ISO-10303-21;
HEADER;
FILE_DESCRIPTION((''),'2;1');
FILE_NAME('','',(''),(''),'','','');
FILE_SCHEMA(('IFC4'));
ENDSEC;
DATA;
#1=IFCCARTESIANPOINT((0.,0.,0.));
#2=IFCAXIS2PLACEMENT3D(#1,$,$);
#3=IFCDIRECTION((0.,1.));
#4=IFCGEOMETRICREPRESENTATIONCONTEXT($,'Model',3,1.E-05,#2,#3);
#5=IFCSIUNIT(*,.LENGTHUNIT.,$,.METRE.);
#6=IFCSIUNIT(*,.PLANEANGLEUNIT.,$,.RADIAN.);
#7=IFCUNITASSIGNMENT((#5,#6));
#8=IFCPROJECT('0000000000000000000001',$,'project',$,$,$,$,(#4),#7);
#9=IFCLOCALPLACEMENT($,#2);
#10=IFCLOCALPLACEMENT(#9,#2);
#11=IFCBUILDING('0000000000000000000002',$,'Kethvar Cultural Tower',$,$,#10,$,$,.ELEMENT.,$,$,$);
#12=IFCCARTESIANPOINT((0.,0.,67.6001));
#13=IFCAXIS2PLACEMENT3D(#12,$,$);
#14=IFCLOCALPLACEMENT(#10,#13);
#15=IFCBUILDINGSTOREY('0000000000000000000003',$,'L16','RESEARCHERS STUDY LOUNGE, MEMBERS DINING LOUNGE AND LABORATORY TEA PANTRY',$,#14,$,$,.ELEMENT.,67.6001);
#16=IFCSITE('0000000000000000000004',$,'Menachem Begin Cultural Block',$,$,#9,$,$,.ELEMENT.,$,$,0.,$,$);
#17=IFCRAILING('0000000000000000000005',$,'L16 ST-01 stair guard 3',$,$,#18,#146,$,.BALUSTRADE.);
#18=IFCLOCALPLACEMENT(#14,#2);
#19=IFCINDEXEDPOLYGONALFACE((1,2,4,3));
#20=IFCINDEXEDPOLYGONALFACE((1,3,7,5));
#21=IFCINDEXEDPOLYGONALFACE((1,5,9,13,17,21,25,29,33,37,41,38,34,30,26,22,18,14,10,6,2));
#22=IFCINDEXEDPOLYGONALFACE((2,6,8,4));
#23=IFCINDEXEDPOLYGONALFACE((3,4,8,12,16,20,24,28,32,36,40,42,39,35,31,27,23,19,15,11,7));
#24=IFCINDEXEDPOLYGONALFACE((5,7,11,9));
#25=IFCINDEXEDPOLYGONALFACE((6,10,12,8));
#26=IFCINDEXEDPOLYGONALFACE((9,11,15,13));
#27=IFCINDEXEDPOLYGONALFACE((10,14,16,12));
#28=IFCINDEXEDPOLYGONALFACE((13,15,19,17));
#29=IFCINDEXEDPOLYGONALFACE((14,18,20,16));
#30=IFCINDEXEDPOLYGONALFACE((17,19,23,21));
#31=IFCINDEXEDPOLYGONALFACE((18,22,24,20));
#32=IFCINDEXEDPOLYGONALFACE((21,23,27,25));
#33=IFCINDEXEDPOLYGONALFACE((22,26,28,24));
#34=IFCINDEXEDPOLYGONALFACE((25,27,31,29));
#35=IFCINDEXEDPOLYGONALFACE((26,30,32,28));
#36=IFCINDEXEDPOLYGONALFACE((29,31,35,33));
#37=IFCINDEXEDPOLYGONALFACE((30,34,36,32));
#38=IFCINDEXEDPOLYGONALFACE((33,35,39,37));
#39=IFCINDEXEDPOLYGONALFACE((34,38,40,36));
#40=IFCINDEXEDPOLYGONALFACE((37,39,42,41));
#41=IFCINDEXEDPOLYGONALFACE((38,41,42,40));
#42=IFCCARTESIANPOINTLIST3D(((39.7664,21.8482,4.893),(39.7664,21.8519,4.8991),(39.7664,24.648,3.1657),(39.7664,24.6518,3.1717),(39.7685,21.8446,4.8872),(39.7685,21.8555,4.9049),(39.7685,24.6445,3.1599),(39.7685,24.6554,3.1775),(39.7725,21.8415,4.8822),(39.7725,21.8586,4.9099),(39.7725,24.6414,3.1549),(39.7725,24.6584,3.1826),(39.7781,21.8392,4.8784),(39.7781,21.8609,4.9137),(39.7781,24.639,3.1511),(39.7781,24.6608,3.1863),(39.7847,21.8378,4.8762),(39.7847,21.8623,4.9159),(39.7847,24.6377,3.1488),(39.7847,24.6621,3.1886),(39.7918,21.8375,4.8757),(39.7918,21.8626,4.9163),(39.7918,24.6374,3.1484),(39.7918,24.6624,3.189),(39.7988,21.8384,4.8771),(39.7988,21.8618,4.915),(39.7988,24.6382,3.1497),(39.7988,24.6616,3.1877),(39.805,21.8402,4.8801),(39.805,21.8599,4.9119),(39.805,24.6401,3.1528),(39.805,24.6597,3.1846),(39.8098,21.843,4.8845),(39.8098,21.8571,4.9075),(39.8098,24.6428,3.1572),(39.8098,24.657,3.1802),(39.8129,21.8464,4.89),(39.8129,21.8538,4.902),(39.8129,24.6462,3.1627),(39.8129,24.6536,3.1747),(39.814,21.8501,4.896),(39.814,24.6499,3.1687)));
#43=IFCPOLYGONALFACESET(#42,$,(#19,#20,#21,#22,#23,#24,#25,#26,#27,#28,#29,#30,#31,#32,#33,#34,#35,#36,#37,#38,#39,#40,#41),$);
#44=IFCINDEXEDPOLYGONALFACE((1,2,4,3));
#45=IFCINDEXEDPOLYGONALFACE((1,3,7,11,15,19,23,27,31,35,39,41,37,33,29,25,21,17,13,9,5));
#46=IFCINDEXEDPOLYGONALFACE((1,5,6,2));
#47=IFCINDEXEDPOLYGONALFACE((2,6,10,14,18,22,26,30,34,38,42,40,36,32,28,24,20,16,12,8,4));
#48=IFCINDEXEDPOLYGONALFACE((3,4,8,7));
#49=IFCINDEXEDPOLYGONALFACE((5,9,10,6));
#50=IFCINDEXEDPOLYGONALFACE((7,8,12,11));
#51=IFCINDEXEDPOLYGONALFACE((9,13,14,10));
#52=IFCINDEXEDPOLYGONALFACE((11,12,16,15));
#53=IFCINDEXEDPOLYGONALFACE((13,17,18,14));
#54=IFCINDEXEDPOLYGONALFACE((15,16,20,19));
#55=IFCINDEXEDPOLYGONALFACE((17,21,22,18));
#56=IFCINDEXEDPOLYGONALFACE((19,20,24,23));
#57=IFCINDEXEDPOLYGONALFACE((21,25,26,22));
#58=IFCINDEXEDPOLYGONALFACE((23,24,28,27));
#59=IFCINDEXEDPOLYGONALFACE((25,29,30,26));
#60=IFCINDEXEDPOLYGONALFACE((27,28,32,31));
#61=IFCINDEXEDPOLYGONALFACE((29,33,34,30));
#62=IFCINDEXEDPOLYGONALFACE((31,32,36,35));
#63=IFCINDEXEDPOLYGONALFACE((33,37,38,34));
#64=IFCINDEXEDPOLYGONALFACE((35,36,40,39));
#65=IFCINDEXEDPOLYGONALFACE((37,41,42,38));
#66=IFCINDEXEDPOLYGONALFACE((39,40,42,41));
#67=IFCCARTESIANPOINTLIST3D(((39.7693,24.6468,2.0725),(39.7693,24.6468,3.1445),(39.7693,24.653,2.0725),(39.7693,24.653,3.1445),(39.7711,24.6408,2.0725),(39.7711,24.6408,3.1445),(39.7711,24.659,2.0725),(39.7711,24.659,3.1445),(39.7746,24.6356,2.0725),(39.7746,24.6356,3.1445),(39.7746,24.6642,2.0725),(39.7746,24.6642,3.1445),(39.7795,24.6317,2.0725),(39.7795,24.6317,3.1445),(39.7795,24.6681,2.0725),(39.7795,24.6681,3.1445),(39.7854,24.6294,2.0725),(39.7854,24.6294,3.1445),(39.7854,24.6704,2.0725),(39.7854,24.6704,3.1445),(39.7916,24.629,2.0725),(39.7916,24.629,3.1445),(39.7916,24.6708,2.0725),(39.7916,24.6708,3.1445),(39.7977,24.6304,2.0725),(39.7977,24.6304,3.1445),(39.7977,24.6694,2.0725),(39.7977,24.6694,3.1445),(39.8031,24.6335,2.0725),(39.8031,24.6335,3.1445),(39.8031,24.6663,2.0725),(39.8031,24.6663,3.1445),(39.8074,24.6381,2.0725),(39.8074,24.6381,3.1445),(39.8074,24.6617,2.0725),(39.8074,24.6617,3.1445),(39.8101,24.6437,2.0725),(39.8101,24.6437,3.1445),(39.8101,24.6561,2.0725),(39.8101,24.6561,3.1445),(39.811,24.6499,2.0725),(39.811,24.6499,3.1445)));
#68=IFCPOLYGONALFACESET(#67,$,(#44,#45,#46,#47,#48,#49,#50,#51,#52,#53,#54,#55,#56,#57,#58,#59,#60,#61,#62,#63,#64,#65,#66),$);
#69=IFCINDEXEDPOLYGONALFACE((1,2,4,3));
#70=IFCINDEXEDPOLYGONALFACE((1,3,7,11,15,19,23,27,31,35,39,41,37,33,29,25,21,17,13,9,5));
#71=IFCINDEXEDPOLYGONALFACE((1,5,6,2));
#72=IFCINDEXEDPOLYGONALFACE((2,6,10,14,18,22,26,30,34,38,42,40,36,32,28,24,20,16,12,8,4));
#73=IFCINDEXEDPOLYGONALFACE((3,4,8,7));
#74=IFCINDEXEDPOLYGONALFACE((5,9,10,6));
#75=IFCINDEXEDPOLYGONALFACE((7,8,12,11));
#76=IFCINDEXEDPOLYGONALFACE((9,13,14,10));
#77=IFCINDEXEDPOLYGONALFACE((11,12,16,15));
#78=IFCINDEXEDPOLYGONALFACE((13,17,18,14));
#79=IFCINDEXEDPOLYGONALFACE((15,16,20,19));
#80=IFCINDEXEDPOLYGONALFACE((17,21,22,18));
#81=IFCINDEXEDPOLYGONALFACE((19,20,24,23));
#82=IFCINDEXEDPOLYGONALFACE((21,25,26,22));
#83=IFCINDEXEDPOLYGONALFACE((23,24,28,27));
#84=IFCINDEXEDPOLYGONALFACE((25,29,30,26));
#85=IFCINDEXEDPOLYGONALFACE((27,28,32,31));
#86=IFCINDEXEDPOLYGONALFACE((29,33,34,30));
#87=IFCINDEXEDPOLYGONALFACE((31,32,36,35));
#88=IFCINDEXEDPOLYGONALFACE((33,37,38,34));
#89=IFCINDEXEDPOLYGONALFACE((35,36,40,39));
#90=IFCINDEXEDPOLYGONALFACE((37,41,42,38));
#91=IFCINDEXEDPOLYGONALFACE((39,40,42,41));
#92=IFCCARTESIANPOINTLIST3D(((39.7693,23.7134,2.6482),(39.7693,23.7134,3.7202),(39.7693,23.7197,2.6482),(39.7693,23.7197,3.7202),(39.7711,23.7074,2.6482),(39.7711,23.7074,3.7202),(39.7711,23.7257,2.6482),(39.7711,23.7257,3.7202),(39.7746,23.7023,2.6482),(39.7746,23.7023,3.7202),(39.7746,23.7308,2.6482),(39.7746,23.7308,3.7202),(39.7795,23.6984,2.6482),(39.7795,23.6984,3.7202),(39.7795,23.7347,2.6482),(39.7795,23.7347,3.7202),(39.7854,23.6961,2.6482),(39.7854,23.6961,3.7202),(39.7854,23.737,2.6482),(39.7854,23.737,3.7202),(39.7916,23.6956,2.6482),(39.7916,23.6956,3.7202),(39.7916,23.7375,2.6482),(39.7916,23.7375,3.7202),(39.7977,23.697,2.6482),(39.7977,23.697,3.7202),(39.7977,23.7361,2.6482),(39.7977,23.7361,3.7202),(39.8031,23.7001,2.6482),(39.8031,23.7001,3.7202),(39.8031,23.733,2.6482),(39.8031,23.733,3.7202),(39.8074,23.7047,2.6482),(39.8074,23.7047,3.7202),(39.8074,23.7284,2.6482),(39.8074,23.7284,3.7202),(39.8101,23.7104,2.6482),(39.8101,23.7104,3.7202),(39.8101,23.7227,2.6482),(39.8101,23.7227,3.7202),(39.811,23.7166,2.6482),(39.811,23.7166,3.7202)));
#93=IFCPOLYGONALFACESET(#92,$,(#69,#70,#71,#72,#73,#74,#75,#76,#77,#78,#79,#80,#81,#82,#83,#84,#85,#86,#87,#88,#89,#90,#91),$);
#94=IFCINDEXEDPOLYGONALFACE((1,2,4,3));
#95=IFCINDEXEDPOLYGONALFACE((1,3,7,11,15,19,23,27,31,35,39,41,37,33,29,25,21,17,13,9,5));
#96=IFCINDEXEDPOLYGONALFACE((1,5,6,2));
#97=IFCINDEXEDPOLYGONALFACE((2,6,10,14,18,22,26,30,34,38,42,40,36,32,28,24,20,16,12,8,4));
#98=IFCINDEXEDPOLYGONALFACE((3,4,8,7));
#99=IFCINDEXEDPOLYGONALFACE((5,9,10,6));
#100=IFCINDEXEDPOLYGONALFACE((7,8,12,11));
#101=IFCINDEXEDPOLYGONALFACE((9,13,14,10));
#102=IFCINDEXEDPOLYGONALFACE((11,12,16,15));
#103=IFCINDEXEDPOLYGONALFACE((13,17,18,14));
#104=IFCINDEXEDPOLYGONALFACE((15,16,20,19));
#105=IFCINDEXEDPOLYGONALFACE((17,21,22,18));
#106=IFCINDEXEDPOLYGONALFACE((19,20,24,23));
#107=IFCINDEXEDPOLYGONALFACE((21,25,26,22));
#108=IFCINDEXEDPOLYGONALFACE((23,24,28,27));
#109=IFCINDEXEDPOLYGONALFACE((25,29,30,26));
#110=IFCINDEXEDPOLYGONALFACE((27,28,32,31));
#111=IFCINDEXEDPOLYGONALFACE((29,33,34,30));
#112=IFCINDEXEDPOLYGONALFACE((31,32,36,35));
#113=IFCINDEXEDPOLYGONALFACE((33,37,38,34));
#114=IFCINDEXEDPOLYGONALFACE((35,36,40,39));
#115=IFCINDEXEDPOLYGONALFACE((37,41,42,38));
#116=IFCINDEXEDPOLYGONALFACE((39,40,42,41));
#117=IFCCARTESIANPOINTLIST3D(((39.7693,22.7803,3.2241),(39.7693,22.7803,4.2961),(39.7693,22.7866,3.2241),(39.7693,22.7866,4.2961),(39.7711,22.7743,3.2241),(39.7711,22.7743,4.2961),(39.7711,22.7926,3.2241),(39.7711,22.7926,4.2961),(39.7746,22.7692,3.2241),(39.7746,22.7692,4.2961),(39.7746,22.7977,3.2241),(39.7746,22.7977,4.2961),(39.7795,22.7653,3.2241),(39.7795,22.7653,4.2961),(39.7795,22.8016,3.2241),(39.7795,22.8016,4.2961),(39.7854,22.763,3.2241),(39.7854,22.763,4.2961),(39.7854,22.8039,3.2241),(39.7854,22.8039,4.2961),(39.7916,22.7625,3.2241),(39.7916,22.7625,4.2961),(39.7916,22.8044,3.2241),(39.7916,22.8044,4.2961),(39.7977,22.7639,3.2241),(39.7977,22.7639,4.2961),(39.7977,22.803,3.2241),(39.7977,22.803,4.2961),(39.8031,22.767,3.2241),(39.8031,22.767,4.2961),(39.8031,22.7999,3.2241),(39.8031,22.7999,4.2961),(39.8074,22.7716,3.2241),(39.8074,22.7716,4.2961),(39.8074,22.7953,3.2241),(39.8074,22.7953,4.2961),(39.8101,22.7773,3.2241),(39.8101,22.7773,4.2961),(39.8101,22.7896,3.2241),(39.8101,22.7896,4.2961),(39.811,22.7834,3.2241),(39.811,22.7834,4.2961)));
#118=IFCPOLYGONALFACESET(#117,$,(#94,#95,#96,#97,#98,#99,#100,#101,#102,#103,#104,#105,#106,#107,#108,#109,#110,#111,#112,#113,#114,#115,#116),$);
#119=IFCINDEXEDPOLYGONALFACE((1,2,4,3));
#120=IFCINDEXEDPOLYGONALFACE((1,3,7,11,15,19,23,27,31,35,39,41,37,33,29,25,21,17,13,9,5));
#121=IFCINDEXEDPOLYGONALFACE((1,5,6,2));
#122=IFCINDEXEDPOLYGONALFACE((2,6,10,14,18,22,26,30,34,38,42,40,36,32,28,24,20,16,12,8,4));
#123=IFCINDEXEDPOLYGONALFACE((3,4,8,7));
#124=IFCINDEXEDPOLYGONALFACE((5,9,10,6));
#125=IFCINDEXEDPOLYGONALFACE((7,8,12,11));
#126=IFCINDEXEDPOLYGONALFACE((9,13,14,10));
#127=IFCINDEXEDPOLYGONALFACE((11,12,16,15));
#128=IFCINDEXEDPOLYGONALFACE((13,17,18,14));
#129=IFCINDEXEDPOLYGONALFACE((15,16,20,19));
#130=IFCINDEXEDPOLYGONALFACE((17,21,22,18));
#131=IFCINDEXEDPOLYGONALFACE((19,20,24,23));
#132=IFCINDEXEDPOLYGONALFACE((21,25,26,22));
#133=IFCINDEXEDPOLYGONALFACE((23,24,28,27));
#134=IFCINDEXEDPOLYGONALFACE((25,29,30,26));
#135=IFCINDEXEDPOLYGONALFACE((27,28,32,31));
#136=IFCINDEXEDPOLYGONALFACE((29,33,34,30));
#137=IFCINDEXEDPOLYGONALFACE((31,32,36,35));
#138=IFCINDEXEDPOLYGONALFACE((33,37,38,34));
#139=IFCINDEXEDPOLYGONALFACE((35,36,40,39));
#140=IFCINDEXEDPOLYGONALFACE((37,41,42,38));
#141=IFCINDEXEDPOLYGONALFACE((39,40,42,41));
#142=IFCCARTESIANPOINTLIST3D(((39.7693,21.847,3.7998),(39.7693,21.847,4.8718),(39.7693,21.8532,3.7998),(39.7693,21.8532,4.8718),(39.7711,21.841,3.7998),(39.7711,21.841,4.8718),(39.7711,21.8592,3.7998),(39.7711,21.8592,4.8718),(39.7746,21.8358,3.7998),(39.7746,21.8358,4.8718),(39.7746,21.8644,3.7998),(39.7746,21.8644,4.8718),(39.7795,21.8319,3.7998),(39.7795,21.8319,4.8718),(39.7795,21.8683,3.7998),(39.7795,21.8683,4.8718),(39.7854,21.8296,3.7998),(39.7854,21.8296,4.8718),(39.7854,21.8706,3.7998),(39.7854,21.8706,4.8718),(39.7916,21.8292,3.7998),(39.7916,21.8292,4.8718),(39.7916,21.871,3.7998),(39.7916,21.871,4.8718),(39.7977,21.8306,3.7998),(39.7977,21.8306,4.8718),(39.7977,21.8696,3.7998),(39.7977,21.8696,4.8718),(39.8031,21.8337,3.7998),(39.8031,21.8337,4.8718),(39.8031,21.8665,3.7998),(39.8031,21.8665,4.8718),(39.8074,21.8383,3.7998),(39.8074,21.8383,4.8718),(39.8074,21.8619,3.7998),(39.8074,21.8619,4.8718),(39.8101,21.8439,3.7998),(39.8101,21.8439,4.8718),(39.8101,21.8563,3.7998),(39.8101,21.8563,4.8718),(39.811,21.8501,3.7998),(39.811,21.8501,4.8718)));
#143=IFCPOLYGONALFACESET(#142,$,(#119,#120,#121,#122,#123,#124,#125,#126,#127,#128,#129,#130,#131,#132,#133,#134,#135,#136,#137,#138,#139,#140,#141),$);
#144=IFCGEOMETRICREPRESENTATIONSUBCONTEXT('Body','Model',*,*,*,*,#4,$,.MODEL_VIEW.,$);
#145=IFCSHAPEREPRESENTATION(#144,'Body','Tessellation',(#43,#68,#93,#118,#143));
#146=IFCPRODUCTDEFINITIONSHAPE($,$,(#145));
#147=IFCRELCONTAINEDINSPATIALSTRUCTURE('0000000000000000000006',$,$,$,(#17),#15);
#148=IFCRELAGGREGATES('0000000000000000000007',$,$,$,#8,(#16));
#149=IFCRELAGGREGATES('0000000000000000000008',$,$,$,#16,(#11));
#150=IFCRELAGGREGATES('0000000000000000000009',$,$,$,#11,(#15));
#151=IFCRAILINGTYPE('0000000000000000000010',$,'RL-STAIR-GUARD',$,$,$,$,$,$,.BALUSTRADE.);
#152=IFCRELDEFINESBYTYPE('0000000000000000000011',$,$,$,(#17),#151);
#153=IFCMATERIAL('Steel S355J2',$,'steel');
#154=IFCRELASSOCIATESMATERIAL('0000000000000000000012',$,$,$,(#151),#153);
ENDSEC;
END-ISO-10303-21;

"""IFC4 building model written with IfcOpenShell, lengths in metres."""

from ifc_helpers import new_model, si_unit, direction, frame, origin, origin_2d, place, context, subcontext, project, spatial, circle, extrude, material, type_object, element, save


model = new_model("IFC4")

# Units and contexts
model_context = context("Model", 3, precision=1e-05, world=origin(), true_north=direction((0.0, 1.0)))
body_context = subcontext(model_context, "Body", "Model", "MODEL_VIEW")
ifc_project = project(units=[si_unit("LENGTHUNIT", "METRE"), si_unit("PLANEANGLEUNIT", "RADIAN")], contexts=[model_context])

# Site, building, storey
site_placement = place(None, origin())
site = spatial("IfcSite", under=ifc_project, at=site_placement, Name="Menachem Begin Cultural Block", CompositionType="ELEMENT", RefElevation=0.0)
building_placement = place(site_placement, origin())
building = spatial("IfcBuilding", under=site, at=building_placement, Name="Kethvar Cultural Tower", CompositionType="ELEMENT")
storey_placement = place(building_placement, frame((0.0, 0.0, 67.6001)))
storey = spatial("IfcBuildingStorey", under=building, at=storey_placement, Name="L16", Description="RESEARCHERS STUDY LOUNGE, MEMBERS DINING LOUNGE AND LABORATORY TEA PANTRY", CompositionType="ELEMENT", Elevation=67.6001)

# Shared definitions
ifc_material_1 = material(Name="Steel S355J2", Category="steel")

# Railing
railing_type_1 = type_object("IfcRailingType", Name="RL-STAIR-GUARD", PredefinedType="BALUSTRADE", material=ifc_material_1)
railing_1_placement = place(storey_placement, frame((39.79, 24.6499, 2.0725)))
element("IfcRailing", 1, at=railing_1_placement, inside=storey, type_object=railing_type_1, Name="L16 ST-01 stair guard 3", PredefinedType="BALUSTRADE", context=body_context, shape_type="SweptSolid", body=[
    extrude(circle(Radius=0.0239, at=origin_2d()), frame((0.0, 0.0, 1.0962), z_axis=(0.0, -0.851069, 0.525054), x_axis=(1.0, 0.0, 0.0)), (0.0, 0.0, 1.0), 3.2898),
    extrude(circle(Radius=0.021, at=origin_2d()), origin(), (0.0, 0.0, 1.0), 1.072),
    extrude(circle(Radius=0.021, at=origin_2d()), frame((0.0, -0.9333, 0.5757)), (0.0, 0.0, 1.0), 1.072),
    extrude(circle(Radius=0.021, at=origin_2d()), frame((0.0, -1.8665, 1.1516)), (0.0, 0.0, 1.0), 1.072),
    extrude(circle(Radius=0.021, at=origin_2d()), frame((0.0, -2.7998, 1.7273)), (0.0, 0.0, 1.0), 1.072),
])

save(model, "model.ifc")
